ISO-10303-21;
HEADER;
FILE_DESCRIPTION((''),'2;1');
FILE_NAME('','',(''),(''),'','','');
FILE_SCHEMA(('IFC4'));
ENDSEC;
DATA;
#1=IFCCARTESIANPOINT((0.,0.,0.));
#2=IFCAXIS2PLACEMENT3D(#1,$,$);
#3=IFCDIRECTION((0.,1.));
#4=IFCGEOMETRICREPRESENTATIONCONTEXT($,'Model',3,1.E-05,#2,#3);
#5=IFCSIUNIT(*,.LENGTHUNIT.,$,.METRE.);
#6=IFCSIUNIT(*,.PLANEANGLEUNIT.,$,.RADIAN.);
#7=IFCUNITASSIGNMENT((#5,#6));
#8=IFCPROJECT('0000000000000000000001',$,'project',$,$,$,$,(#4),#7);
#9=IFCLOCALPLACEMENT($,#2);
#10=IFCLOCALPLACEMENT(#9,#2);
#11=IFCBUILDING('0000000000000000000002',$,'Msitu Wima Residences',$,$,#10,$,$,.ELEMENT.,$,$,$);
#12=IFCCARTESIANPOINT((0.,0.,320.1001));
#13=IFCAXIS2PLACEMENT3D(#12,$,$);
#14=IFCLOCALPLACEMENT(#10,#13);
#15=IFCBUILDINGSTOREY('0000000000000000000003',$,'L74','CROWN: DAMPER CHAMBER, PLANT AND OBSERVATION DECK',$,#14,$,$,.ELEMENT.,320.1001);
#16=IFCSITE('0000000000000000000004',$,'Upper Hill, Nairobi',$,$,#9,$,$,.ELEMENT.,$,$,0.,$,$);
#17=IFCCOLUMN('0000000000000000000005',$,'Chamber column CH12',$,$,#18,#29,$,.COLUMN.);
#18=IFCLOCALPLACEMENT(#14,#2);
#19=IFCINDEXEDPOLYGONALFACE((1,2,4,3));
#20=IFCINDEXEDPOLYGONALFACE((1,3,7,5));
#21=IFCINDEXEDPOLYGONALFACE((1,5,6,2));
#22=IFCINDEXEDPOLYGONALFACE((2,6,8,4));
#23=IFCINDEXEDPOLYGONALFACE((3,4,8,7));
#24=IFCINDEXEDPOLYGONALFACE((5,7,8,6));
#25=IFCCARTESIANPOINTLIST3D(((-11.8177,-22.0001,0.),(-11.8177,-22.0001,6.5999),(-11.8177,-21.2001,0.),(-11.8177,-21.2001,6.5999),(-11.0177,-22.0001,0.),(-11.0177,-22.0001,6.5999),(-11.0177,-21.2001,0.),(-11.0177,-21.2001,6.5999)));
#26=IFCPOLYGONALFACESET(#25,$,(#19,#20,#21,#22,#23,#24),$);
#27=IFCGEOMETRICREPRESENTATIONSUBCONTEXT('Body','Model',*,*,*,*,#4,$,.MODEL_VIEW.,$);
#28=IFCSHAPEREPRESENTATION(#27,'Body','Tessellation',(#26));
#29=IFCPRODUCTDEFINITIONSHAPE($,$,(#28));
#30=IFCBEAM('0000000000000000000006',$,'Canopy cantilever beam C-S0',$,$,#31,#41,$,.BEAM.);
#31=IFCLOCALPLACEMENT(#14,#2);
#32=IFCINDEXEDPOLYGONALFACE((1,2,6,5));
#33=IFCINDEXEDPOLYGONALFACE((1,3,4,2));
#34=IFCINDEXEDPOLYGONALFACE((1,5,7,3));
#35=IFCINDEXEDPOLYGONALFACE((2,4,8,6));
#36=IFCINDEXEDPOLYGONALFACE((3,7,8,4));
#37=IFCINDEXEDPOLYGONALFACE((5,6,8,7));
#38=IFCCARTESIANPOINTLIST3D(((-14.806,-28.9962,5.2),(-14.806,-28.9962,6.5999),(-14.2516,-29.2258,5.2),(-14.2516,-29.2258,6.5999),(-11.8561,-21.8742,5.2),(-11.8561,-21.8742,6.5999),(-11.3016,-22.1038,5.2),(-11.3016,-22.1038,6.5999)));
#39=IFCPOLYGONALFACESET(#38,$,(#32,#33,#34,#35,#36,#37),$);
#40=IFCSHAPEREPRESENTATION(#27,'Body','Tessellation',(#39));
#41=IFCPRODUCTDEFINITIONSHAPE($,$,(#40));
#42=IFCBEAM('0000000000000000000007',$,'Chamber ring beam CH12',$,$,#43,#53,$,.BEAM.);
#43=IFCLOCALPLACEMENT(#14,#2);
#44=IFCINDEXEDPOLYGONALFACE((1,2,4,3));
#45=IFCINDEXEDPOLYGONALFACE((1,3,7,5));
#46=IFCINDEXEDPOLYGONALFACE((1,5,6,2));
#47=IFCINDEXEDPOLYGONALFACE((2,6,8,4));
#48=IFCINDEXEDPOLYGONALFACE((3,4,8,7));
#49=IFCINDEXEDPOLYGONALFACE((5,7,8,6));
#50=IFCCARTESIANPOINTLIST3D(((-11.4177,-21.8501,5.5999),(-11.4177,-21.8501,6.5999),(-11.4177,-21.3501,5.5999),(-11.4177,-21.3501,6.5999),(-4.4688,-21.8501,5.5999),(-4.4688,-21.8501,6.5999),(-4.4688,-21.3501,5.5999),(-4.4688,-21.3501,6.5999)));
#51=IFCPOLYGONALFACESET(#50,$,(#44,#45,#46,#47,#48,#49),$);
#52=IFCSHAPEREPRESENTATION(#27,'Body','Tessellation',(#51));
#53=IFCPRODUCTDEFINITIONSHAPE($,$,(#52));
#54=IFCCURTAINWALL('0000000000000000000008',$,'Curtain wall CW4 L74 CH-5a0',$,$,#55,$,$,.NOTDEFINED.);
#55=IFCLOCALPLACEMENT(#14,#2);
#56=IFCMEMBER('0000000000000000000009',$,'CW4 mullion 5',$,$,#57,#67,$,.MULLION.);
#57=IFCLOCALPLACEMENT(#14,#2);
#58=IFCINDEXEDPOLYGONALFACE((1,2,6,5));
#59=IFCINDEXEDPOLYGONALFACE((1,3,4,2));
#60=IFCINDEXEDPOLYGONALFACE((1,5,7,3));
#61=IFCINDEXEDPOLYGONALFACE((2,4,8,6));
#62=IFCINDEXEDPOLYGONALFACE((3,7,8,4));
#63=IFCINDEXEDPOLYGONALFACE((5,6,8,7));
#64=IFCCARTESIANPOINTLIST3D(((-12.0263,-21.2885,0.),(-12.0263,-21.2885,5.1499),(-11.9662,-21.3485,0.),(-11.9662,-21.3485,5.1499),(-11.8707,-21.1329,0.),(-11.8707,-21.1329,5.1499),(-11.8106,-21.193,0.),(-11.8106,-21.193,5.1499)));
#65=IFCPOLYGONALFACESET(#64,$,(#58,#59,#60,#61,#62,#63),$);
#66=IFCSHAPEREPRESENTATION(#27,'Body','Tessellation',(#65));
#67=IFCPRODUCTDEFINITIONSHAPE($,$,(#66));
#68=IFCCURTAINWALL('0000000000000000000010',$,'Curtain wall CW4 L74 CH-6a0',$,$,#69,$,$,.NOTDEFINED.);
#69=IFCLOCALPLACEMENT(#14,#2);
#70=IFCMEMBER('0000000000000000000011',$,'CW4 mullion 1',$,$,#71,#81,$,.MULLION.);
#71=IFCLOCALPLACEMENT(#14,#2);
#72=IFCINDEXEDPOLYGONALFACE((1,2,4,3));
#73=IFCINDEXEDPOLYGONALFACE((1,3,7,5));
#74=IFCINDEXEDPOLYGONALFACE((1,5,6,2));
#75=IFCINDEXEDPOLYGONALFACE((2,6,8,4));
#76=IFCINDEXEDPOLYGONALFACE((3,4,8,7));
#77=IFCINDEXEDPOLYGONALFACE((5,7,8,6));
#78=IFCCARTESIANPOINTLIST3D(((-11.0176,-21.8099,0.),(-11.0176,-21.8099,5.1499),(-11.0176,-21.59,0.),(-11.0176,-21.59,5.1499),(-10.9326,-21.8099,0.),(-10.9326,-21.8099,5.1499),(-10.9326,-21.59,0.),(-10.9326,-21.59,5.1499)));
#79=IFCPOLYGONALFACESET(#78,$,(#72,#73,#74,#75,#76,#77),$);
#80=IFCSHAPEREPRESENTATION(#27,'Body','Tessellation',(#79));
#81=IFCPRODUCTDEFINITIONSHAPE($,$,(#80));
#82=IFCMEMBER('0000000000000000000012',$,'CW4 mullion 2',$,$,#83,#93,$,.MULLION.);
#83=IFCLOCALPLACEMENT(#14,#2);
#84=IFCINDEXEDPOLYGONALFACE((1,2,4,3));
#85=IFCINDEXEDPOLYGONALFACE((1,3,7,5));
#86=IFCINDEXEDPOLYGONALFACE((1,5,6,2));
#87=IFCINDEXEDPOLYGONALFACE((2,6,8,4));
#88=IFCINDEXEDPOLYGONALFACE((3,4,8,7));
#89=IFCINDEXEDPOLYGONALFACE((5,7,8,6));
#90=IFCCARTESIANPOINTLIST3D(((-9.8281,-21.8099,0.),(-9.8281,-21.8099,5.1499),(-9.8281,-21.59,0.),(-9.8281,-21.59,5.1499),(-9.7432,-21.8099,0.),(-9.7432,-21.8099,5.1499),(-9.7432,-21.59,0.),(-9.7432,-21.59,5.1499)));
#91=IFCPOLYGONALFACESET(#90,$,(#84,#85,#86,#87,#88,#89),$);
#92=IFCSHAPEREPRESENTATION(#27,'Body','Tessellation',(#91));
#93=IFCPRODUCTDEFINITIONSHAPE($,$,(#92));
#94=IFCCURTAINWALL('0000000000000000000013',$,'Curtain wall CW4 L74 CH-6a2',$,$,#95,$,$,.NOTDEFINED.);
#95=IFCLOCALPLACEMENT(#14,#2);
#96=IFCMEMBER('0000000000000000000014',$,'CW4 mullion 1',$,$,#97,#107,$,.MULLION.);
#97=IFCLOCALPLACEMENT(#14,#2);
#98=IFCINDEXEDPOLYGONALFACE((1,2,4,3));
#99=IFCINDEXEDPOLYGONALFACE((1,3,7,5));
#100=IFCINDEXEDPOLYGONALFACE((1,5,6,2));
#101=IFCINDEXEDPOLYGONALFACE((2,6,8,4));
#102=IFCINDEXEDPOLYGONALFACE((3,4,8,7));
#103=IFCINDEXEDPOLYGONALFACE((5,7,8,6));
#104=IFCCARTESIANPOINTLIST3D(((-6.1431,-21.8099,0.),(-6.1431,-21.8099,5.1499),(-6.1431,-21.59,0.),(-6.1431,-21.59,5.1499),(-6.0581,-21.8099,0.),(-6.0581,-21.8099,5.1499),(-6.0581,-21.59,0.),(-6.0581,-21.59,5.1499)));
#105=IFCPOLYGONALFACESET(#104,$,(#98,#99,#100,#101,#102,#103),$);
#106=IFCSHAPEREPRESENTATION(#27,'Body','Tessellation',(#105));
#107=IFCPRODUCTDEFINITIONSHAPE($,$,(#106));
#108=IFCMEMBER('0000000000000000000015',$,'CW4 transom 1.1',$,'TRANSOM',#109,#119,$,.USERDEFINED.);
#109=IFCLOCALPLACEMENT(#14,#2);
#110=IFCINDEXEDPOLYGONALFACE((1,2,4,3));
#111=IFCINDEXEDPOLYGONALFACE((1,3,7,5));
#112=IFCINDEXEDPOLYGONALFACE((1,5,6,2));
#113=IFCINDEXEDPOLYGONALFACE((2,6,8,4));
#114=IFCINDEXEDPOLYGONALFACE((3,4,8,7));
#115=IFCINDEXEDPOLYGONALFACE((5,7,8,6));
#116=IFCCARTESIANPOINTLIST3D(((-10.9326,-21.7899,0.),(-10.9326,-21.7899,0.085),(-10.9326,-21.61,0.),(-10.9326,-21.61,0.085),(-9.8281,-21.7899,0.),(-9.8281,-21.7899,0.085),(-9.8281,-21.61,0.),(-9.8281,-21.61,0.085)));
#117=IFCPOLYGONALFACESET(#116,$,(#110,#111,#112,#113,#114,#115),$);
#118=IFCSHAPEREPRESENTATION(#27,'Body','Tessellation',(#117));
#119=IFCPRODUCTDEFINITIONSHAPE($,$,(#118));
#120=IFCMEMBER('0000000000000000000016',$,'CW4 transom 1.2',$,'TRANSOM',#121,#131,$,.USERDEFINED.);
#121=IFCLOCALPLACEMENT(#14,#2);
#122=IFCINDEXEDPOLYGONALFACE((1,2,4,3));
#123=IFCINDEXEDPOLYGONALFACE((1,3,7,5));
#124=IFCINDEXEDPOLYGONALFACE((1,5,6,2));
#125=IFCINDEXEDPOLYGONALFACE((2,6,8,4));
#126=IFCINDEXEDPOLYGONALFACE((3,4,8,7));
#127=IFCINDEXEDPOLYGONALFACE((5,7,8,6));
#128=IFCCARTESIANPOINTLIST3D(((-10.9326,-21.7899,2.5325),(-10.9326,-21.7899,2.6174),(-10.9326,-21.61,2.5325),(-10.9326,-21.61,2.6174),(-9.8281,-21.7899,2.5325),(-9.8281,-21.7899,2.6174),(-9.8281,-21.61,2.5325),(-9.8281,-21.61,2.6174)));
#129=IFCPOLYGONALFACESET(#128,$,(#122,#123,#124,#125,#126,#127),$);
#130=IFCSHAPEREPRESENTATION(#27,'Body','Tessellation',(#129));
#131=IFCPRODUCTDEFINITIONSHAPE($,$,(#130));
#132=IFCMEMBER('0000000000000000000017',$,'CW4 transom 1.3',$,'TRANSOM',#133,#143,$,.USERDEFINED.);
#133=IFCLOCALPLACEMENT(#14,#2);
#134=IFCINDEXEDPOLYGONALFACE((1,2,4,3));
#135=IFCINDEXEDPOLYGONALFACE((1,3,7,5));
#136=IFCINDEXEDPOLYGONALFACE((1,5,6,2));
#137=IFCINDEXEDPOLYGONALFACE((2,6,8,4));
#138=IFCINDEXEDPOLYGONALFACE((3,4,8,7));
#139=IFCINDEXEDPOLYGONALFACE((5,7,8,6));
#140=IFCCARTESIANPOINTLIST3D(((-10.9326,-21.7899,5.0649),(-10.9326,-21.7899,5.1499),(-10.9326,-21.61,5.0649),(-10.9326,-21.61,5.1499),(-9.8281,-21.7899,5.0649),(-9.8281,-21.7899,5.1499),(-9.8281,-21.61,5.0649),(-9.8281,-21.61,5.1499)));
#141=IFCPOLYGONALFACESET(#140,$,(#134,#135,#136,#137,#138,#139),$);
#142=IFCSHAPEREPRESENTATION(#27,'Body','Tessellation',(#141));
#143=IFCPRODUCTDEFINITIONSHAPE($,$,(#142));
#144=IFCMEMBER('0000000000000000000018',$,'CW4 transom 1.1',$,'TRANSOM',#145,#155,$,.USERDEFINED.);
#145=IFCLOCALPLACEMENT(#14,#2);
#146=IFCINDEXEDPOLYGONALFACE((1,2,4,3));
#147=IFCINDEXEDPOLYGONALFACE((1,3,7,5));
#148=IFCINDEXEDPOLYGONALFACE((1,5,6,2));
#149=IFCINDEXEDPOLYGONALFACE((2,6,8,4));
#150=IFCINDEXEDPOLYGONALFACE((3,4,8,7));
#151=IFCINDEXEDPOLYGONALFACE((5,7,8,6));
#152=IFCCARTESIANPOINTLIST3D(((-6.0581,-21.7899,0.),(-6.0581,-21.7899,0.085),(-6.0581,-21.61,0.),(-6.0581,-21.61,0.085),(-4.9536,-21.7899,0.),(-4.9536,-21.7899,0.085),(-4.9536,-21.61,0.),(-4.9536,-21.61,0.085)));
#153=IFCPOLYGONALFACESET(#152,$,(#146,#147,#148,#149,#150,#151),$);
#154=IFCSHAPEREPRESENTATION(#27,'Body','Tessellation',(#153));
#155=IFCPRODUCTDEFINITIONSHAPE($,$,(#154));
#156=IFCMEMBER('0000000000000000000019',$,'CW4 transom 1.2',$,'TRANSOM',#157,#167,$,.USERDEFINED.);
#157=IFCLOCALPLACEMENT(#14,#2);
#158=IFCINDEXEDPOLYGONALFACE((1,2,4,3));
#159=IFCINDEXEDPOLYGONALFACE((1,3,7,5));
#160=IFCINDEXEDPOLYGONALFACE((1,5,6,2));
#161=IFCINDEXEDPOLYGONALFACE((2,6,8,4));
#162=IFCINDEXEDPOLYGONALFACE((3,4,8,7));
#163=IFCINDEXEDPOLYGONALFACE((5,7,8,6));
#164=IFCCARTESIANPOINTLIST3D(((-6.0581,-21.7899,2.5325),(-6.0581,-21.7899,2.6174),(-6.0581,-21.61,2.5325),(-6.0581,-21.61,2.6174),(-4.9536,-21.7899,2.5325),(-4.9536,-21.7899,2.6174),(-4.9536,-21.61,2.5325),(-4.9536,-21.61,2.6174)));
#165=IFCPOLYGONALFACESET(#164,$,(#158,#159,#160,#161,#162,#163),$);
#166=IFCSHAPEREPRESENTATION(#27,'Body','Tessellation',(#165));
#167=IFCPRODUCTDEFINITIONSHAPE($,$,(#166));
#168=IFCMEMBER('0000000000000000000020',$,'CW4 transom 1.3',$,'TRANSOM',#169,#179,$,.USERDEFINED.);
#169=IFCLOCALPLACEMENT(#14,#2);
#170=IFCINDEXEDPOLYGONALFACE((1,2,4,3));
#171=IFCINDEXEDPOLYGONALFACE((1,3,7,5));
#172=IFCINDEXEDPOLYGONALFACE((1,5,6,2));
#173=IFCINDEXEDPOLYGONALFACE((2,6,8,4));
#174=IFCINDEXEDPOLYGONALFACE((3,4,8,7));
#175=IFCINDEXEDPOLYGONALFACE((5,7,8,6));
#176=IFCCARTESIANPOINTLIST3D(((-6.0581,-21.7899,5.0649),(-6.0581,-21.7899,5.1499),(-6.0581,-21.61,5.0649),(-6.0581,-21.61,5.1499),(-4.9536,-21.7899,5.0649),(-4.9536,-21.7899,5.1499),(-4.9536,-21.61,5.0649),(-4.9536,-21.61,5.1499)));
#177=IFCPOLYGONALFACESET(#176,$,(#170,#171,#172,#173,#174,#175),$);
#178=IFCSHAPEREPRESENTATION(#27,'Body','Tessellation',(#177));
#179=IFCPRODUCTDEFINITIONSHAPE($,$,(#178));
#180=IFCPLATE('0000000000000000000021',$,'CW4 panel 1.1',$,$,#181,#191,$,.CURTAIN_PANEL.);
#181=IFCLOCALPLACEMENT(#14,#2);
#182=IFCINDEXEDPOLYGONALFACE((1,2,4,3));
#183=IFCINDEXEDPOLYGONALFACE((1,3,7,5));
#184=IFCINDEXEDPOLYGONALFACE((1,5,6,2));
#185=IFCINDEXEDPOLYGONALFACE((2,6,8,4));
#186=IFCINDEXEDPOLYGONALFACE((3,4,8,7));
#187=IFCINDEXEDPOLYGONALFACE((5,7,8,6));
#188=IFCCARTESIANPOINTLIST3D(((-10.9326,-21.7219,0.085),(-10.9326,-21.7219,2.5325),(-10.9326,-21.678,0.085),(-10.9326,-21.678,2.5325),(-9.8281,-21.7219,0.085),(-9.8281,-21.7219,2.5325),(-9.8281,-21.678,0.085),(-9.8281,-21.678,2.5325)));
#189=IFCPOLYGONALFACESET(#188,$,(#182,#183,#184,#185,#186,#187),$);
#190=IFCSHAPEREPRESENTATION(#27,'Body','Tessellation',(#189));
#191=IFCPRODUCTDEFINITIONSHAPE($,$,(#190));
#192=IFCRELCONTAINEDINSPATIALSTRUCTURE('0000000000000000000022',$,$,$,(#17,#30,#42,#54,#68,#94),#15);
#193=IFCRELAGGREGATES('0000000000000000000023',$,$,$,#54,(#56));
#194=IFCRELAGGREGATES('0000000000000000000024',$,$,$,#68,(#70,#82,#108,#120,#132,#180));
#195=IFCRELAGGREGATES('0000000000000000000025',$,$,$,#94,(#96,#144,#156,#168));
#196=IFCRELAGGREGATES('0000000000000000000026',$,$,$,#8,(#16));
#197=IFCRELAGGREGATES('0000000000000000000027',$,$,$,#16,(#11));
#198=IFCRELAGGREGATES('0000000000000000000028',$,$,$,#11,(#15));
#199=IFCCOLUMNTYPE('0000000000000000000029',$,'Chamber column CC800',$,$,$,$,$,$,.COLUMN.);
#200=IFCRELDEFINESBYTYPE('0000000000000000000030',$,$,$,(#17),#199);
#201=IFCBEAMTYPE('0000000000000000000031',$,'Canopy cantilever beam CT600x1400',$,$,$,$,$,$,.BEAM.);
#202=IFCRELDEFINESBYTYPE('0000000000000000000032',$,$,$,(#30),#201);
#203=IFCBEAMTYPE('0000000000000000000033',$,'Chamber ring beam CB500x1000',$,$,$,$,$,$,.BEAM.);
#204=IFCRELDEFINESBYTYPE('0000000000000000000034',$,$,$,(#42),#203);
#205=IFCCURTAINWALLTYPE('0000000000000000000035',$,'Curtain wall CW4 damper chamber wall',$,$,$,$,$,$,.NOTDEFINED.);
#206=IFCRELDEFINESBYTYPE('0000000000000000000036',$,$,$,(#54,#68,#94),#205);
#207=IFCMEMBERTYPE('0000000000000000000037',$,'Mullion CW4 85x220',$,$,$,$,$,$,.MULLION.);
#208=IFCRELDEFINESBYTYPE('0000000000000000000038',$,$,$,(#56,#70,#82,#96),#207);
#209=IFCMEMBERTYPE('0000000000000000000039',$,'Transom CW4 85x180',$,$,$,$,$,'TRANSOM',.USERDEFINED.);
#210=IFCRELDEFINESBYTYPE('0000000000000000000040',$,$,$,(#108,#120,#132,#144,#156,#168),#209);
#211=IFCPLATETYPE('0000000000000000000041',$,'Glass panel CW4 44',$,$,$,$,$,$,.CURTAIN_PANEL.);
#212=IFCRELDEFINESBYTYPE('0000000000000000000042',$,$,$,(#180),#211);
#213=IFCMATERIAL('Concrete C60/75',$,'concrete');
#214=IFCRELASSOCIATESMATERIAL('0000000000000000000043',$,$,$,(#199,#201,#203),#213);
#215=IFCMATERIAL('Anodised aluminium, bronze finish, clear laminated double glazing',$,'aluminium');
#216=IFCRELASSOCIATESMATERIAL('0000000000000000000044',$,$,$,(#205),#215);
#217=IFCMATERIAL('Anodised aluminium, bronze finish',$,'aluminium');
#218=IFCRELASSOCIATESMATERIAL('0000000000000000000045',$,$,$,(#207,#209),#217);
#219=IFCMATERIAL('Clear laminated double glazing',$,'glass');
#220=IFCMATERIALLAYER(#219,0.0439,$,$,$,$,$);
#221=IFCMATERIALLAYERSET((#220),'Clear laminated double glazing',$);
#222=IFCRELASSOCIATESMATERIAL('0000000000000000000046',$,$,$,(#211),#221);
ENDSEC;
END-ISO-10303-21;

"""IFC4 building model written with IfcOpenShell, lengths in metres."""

from ifc_helpers import new_model, si_unit, direction, frame, origin, origin_2d, place, context, subcontext, project, spatial, rectangle, extrude, material, layer, layer_set, material_profile, profile_set, type_object, element, aggregate, save


model = new_model("IFC4")

# Units and contexts
model_context = context("Model", 3, precision=1e-05, world=origin(), true_north=direction((0.0, 1.0)))
body_context = subcontext(model_context, "Body", "Model", "MODEL_VIEW")
ifc_project = project(units=[si_unit("LENGTHUNIT", "METRE"), si_unit("PLANEANGLEUNIT", "RADIAN")], contexts=[model_context])

# Site, building, storey
site_placement = place(None, origin())
site = spatial("IfcSite", under=ifc_project, at=site_placement, Name="Upper Hill, Nairobi", CompositionType="ELEMENT", RefElevation=0.0)
building_placement = place(site_placement, origin())
building = spatial("IfcBuilding", under=site, at=building_placement, Name="Msitu Wima Residences", CompositionType="ELEMENT")
storey_placement = place(building_placement, frame((0.0, 0.0, 320.1001)))
storey = spatial("IfcBuildingStorey", under=building, at=storey_placement, Name="L74", Description="CROWN: DAMPER CHAMBER, PLANT AND OBSERVATION DECK", CompositionType="ELEMENT", Elevation=320.1001)

# Column
ifc_material_1 = material(Name="Concrete C60/75", Category="concrete")
ifc_material_profile_1 = material_profile(ifc_material_1, rectangle(XDim=0.8, YDim=0.8, at=origin_2d()), Name="RC 800x800")
ifc_profile_set_1 = profile_set([ifc_material_profile_1], Name="Concrete C60/75")
column_type = type_object("IfcColumnType", Name="Chamber column CC800", PredefinedType="COLUMN", material=ifc_profile_set_1)
column_placement = place(storey_placement, frame((-11.4177, -21.6001, 0.0), z_axis=(0.0, 0.0, 1.0), x_axis=(1.0, 0.0, 0.0)))
element("IfcColumn", 1, at=column_placement, inside=storey, type_object=column_type, Name="Chamber column CH12", PredefinedType="COLUMN", context=body_context, shape_type="SweptSolid", body=[
    extrude(rectangle(XDim=0.8, YDim=0.8, at=origin_2d()), origin(), (0.0, 0.0, 1.0), 6.5999),
])

# Beams
ifc_material_profile_2 = material_profile(ifc_material_1, rectangle(XDim=0.6001, YDim=1.3999, at=origin_2d()), Name="RC 600x1400")
ifc_profile_set_2 = profile_set([ifc_material_profile_2], Name="Concrete C60/75")
beam_type_1 = type_object("IfcBeamType", Name="Canopy cantilever beam CT600x1400", PredefinedType="BEAM", material=ifc_profile_set_2)
beam_1_placement = place(storey_placement, frame((-11.5789, -21.989, 5.8999), z_axis=(-0.382672, -0.923884, 0.0), x_axis=(0.923884, -0.382672, 0.0)))
element("IfcBeam", 2, at=beam_1_placement, inside=storey, type_object=beam_type_1, Name="Canopy cantilever beam C-S0", PredefinedType="BEAM", context=body_context, shape_type="SweptSolid", body=[
    extrude(rectangle(XDim=0.6001, YDim=1.3999, at=origin_2d()), origin(), (0.0, 0.0, 1.0), 7.7087),
])
ifc_material_profile_3 = material_profile(ifc_material_1, rectangle(XDim=0.5, YDim=1.0, at=origin_2d()), Name="RC 500x1000")
ifc_profile_set_3 = profile_set([ifc_material_profile_3], Name="Concrete C60/75")
beam_type_2 = type_object("IfcBeamType", Name="Chamber ring beam CB500x1000", PredefinedType="BEAM", material=ifc_profile_set_3)
beam_2_placement = place(storey_placement, frame((-11.4177, -21.6001, 6.0999), z_axis=(1.0, 0.0, 0.0), x_axis=(0.0, 1.0, 0.0)))
element("IfcBeam", 3, at=beam_2_placement, inside=storey, type_object=beam_type_2, Name="Chamber ring beam CH12", PredefinedType="BEAM", context=body_context, shape_type="SweptSolid", body=[
    extrude(rectangle(XDim=0.5, YDim=1.0, at=origin_2d()), origin(), (0.0, 0.0, 1.0), 6.949),
])

# Curtain wall, member
ifc_material_2 = material(Name="Anodised aluminium, bronze finish, clear laminated double glazing", Category="aluminium")
curtain_wall_type = type_object("IfcCurtainWallType", Name="Curtain wall CW4 damper chamber wall", PredefinedType="NOTDEFINED", material=ifc_material_2)
curtain_wall_1_placement = place(storey_placement, origin())
curtain_wall_1 = element("IfcCurtainWall", 4, at=curtain_wall_1_placement, inside=storey, type_object=curtain_wall_type, Name="Curtain wall CW4 L74 CH-5a0", PredefinedType="NOTDEFINED")
ifc_material_3 = material(Name="Anodised aluminium, bronze finish", Category="aluminium")
ifc_material_profile_4 = material_profile(ifc_material_3, rectangle(XDim=0.22, YDim=0.085, at=origin_2d()), Name="Mullion 85x220")
ifc_profile_set_4 = profile_set([ifc_material_profile_4], Name="Anodised aluminium, bronze finish")
member_type_1 = type_object("IfcMemberType", Name="Mullion CW4 85x220", PredefinedType="MULLION", material=ifc_profile_set_4)
member_1_placement = place(storey_placement, frame((-11.9185, -21.2407, 0.0), z_axis=(0.0, 0.0, 1.0), x_axis=(0.707107, 0.707107, 0.0)))
member_1 = element("IfcMember", 5, at=member_1_placement, type_object=member_type_1, Name="CW4 mullion 5", PredefinedType="MULLION", context=body_context, shape_type="SweptSolid", body=[
    extrude(rectangle(XDim=0.22, YDim=0.085, at=origin_2d()), origin(), (0.0, 0.0, 1.0), 5.1499),
])
aggregate(curtain_wall_1, [member_1])

# Curtain wall, members
curtain_wall_2_placement = place(storey_placement, origin())
curtain_wall_2 = element("IfcCurtainWall", 6, at=curtain_wall_2_placement, inside=storey, type_object=curtain_wall_type, Name="Curtain wall CW4 L74 CH-6a0", PredefinedType="NOTDEFINED")
member_2_placement = place(storey_placement, frame((-10.9751, -21.7, 0.0), z_axis=(0.0, 0.0, 1.0), x_axis=(0.0, 1.0, 0.0)))
member_2 = element("IfcMember", 7, at=member_2_placement, type_object=member_type_1, Name="CW4 mullion 1", PredefinedType="MULLION", context=body_context, shape_type="SweptSolid", body=[
    extrude(rectangle(XDim=0.22, YDim=0.085, at=origin_2d()), origin(), (0.0, 0.0, 1.0), 5.1499),
])
member_3_placement = place(storey_placement, frame((-9.7856, -21.7, 0.0), z_axis=(0.0, 0.0, 1.0), x_axis=(0.0, 1.0, 0.0)))
member_3 = element("IfcMember", 8, at=member_3_placement, type_object=member_type_1, Name="CW4 mullion 2", PredefinedType="MULLION", context=body_context, shape_type="SweptSolid", body=[
    extrude(rectangle(XDim=0.22, YDim=0.085, at=origin_2d()), origin(), (0.0, 0.0, 1.0), 5.1499),
])

# Curtain wall, member
curtain_wall_3_placement = place(storey_placement, origin())
curtain_wall_3 = element("IfcCurtainWall", 9, at=curtain_wall_3_placement, inside=storey, type_object=curtain_wall_type, Name="Curtain wall CW4 L74 CH-6a2", PredefinedType="NOTDEFINED")
member_4_placement = place(storey_placement, frame((-6.1006, -21.7, 0.0), z_axis=(0.0, 0.0, 1.0), x_axis=(0.0, 1.0, 0.0)))
member_4 = element("IfcMember", 10, at=member_4_placement, type_object=member_type_1, Name="CW4 mullion 1", PredefinedType="MULLION", context=body_context, shape_type="SweptSolid", body=[
    extrude(rectangle(XDim=0.22, YDim=0.085, at=origin_2d()), origin(), (0.0, 0.0, 1.0), 5.1499),
])

# Members
ifc_material_profile_5 = material_profile(ifc_material_3, rectangle(XDim=0.1799, YDim=0.085, at=origin_2d()), Name="Transom 85x180")
ifc_profile_set_5 = profile_set([ifc_material_profile_5], Name="Anodised aluminium, bronze finish")
member_type_2 = type_object("IfcMemberType", Name="Transom CW4 85x180", ElementType="TRANSOM", PredefinedType="USERDEFINED", material=ifc_profile_set_5)
member_5_placement = place(storey_placement, frame((-10.9326, -21.7, 0.0425), z_axis=(1.0, 0.0, 0.0), x_axis=(0.0, 1.0, 0.0)))
member_5 = element("IfcMember", 11, at=member_5_placement, type_object=member_type_2, Name="CW4 transom 1.1", ObjectType="TRANSOM", PredefinedType="USERDEFINED", context=body_context, shape_type="SweptSolid", body=[
    extrude(rectangle(XDim=0.1799, YDim=0.085, at=origin_2d()), origin(), (0.0, 0.0, 1.0), 1.1045),
])
member_6_placement = place(storey_placement, frame((-10.9326, -21.7, 2.575), z_axis=(1.0, 0.0, 0.0), x_axis=(0.0, 1.0, 0.0)))
member_6 = element("IfcMember", 12, at=member_6_placement, type_object=member_type_2, Name="CW4 transom 1.2", ObjectType="TRANSOM", PredefinedType="USERDEFINED", context=body_context, shape_type="SweptSolid", body=[
    extrude(rectangle(XDim=0.1799, YDim=0.085, at=origin_2d()), origin(), (0.0, 0.0, 1.0), 1.1045),
])
member_7_placement = place(storey_placement, frame((-10.9326, -21.7, 5.1074), z_axis=(1.0, 0.0, 0.0), x_axis=(0.0, 1.0, 0.0)))
member_7 = element("IfcMember", 13, at=member_7_placement, type_object=member_type_2, Name="CW4 transom 1.3", ObjectType="TRANSOM", PredefinedType="USERDEFINED", context=body_context, shape_type="SweptSolid", body=[
    extrude(rectangle(XDim=0.1799, YDim=0.085, at=origin_2d()), origin(), (0.0, 0.0, 1.0), 1.1045),
])
member_8_placement = place(storey_placement, frame((-6.0581, -21.7, 0.0425), z_axis=(1.0, 0.0, 0.0), x_axis=(0.0, 1.0, 0.0)))
member_8 = element("IfcMember", 14, at=member_8_placement, type_object=member_type_2, Name="CW4 transom 1.1", ObjectType="TRANSOM", PredefinedType="USERDEFINED", context=body_context, shape_type="SweptSolid", body=[
    extrude(rectangle(XDim=0.1799, YDim=0.085, at=origin_2d()), origin(), (0.0, 0.0, 1.0), 1.1045),
])
member_9_placement = place(storey_placement, frame((-6.0581, -21.7, 2.575), z_axis=(1.0, 0.0, 0.0), x_axis=(0.0, 1.0, 0.0)))
member_9 = element("IfcMember", 15, at=member_9_placement, type_object=member_type_2, Name="CW4 transom 1.2", ObjectType="TRANSOM", PredefinedType="USERDEFINED", context=body_context, shape_type="SweptSolid", body=[
    extrude(rectangle(XDim=0.1799, YDim=0.085, at=origin_2d()), origin(), (0.0, 0.0, 1.0), 1.1045),
])
member_10_placement = place(storey_placement, frame((-6.0581, -21.7, 5.1074), z_axis=(1.0, 0.0, 0.0), x_axis=(0.0, 1.0, 0.0)))
member_10 = element("IfcMember", 16, at=member_10_placement, type_object=member_type_2, Name="CW4 transom 1.3", ObjectType="TRANSOM", PredefinedType="USERDEFINED", context=body_context, shape_type="SweptSolid", body=[
    extrude(rectangle(XDim=0.1799, YDim=0.085, at=origin_2d()), origin(), (0.0, 0.0, 1.0), 1.1045),
])

# Plate
ifc_material_4 = material(Name="Clear laminated double glazing", Category="glass")
ifc_layer_1 = layer(ifc_material_4, 0.0439)
ifc_layer_set_1 = layer_set([ifc_layer_1], Name="Clear laminated double glazing")
plate_type = type_object("IfcPlateType", Name="Glass panel CW4 44", PredefinedType="CURTAIN_PANEL", material=ifc_layer_set_1)
plate_1_placement = place(storey_placement, frame((-10.3804, -21.7, 0.085), z_axis=(0.0, 0.0, 1.0), x_axis=(1.0, 0.0, 0.0)))
plate_1 = element("IfcPlate", 17, at=plate_1_placement, type_object=plate_type, Name="CW4 panel 1.1", PredefinedType="CURTAIN_PANEL", context=body_context, shape_type="SweptSolid", body=[
    extrude(rectangle(XDim=1.1045, YDim=0.0439, at=origin_2d()), origin(), (0.0, 0.0, 1.0), 2.4475),
])
aggregate(curtain_wall_2, [member_2, member_3, member_5, member_6, member_7, plate_1])
aggregate(curtain_wall_3, [member_4, member_8, member_9, member_10])

save(model, "model.ifc")
